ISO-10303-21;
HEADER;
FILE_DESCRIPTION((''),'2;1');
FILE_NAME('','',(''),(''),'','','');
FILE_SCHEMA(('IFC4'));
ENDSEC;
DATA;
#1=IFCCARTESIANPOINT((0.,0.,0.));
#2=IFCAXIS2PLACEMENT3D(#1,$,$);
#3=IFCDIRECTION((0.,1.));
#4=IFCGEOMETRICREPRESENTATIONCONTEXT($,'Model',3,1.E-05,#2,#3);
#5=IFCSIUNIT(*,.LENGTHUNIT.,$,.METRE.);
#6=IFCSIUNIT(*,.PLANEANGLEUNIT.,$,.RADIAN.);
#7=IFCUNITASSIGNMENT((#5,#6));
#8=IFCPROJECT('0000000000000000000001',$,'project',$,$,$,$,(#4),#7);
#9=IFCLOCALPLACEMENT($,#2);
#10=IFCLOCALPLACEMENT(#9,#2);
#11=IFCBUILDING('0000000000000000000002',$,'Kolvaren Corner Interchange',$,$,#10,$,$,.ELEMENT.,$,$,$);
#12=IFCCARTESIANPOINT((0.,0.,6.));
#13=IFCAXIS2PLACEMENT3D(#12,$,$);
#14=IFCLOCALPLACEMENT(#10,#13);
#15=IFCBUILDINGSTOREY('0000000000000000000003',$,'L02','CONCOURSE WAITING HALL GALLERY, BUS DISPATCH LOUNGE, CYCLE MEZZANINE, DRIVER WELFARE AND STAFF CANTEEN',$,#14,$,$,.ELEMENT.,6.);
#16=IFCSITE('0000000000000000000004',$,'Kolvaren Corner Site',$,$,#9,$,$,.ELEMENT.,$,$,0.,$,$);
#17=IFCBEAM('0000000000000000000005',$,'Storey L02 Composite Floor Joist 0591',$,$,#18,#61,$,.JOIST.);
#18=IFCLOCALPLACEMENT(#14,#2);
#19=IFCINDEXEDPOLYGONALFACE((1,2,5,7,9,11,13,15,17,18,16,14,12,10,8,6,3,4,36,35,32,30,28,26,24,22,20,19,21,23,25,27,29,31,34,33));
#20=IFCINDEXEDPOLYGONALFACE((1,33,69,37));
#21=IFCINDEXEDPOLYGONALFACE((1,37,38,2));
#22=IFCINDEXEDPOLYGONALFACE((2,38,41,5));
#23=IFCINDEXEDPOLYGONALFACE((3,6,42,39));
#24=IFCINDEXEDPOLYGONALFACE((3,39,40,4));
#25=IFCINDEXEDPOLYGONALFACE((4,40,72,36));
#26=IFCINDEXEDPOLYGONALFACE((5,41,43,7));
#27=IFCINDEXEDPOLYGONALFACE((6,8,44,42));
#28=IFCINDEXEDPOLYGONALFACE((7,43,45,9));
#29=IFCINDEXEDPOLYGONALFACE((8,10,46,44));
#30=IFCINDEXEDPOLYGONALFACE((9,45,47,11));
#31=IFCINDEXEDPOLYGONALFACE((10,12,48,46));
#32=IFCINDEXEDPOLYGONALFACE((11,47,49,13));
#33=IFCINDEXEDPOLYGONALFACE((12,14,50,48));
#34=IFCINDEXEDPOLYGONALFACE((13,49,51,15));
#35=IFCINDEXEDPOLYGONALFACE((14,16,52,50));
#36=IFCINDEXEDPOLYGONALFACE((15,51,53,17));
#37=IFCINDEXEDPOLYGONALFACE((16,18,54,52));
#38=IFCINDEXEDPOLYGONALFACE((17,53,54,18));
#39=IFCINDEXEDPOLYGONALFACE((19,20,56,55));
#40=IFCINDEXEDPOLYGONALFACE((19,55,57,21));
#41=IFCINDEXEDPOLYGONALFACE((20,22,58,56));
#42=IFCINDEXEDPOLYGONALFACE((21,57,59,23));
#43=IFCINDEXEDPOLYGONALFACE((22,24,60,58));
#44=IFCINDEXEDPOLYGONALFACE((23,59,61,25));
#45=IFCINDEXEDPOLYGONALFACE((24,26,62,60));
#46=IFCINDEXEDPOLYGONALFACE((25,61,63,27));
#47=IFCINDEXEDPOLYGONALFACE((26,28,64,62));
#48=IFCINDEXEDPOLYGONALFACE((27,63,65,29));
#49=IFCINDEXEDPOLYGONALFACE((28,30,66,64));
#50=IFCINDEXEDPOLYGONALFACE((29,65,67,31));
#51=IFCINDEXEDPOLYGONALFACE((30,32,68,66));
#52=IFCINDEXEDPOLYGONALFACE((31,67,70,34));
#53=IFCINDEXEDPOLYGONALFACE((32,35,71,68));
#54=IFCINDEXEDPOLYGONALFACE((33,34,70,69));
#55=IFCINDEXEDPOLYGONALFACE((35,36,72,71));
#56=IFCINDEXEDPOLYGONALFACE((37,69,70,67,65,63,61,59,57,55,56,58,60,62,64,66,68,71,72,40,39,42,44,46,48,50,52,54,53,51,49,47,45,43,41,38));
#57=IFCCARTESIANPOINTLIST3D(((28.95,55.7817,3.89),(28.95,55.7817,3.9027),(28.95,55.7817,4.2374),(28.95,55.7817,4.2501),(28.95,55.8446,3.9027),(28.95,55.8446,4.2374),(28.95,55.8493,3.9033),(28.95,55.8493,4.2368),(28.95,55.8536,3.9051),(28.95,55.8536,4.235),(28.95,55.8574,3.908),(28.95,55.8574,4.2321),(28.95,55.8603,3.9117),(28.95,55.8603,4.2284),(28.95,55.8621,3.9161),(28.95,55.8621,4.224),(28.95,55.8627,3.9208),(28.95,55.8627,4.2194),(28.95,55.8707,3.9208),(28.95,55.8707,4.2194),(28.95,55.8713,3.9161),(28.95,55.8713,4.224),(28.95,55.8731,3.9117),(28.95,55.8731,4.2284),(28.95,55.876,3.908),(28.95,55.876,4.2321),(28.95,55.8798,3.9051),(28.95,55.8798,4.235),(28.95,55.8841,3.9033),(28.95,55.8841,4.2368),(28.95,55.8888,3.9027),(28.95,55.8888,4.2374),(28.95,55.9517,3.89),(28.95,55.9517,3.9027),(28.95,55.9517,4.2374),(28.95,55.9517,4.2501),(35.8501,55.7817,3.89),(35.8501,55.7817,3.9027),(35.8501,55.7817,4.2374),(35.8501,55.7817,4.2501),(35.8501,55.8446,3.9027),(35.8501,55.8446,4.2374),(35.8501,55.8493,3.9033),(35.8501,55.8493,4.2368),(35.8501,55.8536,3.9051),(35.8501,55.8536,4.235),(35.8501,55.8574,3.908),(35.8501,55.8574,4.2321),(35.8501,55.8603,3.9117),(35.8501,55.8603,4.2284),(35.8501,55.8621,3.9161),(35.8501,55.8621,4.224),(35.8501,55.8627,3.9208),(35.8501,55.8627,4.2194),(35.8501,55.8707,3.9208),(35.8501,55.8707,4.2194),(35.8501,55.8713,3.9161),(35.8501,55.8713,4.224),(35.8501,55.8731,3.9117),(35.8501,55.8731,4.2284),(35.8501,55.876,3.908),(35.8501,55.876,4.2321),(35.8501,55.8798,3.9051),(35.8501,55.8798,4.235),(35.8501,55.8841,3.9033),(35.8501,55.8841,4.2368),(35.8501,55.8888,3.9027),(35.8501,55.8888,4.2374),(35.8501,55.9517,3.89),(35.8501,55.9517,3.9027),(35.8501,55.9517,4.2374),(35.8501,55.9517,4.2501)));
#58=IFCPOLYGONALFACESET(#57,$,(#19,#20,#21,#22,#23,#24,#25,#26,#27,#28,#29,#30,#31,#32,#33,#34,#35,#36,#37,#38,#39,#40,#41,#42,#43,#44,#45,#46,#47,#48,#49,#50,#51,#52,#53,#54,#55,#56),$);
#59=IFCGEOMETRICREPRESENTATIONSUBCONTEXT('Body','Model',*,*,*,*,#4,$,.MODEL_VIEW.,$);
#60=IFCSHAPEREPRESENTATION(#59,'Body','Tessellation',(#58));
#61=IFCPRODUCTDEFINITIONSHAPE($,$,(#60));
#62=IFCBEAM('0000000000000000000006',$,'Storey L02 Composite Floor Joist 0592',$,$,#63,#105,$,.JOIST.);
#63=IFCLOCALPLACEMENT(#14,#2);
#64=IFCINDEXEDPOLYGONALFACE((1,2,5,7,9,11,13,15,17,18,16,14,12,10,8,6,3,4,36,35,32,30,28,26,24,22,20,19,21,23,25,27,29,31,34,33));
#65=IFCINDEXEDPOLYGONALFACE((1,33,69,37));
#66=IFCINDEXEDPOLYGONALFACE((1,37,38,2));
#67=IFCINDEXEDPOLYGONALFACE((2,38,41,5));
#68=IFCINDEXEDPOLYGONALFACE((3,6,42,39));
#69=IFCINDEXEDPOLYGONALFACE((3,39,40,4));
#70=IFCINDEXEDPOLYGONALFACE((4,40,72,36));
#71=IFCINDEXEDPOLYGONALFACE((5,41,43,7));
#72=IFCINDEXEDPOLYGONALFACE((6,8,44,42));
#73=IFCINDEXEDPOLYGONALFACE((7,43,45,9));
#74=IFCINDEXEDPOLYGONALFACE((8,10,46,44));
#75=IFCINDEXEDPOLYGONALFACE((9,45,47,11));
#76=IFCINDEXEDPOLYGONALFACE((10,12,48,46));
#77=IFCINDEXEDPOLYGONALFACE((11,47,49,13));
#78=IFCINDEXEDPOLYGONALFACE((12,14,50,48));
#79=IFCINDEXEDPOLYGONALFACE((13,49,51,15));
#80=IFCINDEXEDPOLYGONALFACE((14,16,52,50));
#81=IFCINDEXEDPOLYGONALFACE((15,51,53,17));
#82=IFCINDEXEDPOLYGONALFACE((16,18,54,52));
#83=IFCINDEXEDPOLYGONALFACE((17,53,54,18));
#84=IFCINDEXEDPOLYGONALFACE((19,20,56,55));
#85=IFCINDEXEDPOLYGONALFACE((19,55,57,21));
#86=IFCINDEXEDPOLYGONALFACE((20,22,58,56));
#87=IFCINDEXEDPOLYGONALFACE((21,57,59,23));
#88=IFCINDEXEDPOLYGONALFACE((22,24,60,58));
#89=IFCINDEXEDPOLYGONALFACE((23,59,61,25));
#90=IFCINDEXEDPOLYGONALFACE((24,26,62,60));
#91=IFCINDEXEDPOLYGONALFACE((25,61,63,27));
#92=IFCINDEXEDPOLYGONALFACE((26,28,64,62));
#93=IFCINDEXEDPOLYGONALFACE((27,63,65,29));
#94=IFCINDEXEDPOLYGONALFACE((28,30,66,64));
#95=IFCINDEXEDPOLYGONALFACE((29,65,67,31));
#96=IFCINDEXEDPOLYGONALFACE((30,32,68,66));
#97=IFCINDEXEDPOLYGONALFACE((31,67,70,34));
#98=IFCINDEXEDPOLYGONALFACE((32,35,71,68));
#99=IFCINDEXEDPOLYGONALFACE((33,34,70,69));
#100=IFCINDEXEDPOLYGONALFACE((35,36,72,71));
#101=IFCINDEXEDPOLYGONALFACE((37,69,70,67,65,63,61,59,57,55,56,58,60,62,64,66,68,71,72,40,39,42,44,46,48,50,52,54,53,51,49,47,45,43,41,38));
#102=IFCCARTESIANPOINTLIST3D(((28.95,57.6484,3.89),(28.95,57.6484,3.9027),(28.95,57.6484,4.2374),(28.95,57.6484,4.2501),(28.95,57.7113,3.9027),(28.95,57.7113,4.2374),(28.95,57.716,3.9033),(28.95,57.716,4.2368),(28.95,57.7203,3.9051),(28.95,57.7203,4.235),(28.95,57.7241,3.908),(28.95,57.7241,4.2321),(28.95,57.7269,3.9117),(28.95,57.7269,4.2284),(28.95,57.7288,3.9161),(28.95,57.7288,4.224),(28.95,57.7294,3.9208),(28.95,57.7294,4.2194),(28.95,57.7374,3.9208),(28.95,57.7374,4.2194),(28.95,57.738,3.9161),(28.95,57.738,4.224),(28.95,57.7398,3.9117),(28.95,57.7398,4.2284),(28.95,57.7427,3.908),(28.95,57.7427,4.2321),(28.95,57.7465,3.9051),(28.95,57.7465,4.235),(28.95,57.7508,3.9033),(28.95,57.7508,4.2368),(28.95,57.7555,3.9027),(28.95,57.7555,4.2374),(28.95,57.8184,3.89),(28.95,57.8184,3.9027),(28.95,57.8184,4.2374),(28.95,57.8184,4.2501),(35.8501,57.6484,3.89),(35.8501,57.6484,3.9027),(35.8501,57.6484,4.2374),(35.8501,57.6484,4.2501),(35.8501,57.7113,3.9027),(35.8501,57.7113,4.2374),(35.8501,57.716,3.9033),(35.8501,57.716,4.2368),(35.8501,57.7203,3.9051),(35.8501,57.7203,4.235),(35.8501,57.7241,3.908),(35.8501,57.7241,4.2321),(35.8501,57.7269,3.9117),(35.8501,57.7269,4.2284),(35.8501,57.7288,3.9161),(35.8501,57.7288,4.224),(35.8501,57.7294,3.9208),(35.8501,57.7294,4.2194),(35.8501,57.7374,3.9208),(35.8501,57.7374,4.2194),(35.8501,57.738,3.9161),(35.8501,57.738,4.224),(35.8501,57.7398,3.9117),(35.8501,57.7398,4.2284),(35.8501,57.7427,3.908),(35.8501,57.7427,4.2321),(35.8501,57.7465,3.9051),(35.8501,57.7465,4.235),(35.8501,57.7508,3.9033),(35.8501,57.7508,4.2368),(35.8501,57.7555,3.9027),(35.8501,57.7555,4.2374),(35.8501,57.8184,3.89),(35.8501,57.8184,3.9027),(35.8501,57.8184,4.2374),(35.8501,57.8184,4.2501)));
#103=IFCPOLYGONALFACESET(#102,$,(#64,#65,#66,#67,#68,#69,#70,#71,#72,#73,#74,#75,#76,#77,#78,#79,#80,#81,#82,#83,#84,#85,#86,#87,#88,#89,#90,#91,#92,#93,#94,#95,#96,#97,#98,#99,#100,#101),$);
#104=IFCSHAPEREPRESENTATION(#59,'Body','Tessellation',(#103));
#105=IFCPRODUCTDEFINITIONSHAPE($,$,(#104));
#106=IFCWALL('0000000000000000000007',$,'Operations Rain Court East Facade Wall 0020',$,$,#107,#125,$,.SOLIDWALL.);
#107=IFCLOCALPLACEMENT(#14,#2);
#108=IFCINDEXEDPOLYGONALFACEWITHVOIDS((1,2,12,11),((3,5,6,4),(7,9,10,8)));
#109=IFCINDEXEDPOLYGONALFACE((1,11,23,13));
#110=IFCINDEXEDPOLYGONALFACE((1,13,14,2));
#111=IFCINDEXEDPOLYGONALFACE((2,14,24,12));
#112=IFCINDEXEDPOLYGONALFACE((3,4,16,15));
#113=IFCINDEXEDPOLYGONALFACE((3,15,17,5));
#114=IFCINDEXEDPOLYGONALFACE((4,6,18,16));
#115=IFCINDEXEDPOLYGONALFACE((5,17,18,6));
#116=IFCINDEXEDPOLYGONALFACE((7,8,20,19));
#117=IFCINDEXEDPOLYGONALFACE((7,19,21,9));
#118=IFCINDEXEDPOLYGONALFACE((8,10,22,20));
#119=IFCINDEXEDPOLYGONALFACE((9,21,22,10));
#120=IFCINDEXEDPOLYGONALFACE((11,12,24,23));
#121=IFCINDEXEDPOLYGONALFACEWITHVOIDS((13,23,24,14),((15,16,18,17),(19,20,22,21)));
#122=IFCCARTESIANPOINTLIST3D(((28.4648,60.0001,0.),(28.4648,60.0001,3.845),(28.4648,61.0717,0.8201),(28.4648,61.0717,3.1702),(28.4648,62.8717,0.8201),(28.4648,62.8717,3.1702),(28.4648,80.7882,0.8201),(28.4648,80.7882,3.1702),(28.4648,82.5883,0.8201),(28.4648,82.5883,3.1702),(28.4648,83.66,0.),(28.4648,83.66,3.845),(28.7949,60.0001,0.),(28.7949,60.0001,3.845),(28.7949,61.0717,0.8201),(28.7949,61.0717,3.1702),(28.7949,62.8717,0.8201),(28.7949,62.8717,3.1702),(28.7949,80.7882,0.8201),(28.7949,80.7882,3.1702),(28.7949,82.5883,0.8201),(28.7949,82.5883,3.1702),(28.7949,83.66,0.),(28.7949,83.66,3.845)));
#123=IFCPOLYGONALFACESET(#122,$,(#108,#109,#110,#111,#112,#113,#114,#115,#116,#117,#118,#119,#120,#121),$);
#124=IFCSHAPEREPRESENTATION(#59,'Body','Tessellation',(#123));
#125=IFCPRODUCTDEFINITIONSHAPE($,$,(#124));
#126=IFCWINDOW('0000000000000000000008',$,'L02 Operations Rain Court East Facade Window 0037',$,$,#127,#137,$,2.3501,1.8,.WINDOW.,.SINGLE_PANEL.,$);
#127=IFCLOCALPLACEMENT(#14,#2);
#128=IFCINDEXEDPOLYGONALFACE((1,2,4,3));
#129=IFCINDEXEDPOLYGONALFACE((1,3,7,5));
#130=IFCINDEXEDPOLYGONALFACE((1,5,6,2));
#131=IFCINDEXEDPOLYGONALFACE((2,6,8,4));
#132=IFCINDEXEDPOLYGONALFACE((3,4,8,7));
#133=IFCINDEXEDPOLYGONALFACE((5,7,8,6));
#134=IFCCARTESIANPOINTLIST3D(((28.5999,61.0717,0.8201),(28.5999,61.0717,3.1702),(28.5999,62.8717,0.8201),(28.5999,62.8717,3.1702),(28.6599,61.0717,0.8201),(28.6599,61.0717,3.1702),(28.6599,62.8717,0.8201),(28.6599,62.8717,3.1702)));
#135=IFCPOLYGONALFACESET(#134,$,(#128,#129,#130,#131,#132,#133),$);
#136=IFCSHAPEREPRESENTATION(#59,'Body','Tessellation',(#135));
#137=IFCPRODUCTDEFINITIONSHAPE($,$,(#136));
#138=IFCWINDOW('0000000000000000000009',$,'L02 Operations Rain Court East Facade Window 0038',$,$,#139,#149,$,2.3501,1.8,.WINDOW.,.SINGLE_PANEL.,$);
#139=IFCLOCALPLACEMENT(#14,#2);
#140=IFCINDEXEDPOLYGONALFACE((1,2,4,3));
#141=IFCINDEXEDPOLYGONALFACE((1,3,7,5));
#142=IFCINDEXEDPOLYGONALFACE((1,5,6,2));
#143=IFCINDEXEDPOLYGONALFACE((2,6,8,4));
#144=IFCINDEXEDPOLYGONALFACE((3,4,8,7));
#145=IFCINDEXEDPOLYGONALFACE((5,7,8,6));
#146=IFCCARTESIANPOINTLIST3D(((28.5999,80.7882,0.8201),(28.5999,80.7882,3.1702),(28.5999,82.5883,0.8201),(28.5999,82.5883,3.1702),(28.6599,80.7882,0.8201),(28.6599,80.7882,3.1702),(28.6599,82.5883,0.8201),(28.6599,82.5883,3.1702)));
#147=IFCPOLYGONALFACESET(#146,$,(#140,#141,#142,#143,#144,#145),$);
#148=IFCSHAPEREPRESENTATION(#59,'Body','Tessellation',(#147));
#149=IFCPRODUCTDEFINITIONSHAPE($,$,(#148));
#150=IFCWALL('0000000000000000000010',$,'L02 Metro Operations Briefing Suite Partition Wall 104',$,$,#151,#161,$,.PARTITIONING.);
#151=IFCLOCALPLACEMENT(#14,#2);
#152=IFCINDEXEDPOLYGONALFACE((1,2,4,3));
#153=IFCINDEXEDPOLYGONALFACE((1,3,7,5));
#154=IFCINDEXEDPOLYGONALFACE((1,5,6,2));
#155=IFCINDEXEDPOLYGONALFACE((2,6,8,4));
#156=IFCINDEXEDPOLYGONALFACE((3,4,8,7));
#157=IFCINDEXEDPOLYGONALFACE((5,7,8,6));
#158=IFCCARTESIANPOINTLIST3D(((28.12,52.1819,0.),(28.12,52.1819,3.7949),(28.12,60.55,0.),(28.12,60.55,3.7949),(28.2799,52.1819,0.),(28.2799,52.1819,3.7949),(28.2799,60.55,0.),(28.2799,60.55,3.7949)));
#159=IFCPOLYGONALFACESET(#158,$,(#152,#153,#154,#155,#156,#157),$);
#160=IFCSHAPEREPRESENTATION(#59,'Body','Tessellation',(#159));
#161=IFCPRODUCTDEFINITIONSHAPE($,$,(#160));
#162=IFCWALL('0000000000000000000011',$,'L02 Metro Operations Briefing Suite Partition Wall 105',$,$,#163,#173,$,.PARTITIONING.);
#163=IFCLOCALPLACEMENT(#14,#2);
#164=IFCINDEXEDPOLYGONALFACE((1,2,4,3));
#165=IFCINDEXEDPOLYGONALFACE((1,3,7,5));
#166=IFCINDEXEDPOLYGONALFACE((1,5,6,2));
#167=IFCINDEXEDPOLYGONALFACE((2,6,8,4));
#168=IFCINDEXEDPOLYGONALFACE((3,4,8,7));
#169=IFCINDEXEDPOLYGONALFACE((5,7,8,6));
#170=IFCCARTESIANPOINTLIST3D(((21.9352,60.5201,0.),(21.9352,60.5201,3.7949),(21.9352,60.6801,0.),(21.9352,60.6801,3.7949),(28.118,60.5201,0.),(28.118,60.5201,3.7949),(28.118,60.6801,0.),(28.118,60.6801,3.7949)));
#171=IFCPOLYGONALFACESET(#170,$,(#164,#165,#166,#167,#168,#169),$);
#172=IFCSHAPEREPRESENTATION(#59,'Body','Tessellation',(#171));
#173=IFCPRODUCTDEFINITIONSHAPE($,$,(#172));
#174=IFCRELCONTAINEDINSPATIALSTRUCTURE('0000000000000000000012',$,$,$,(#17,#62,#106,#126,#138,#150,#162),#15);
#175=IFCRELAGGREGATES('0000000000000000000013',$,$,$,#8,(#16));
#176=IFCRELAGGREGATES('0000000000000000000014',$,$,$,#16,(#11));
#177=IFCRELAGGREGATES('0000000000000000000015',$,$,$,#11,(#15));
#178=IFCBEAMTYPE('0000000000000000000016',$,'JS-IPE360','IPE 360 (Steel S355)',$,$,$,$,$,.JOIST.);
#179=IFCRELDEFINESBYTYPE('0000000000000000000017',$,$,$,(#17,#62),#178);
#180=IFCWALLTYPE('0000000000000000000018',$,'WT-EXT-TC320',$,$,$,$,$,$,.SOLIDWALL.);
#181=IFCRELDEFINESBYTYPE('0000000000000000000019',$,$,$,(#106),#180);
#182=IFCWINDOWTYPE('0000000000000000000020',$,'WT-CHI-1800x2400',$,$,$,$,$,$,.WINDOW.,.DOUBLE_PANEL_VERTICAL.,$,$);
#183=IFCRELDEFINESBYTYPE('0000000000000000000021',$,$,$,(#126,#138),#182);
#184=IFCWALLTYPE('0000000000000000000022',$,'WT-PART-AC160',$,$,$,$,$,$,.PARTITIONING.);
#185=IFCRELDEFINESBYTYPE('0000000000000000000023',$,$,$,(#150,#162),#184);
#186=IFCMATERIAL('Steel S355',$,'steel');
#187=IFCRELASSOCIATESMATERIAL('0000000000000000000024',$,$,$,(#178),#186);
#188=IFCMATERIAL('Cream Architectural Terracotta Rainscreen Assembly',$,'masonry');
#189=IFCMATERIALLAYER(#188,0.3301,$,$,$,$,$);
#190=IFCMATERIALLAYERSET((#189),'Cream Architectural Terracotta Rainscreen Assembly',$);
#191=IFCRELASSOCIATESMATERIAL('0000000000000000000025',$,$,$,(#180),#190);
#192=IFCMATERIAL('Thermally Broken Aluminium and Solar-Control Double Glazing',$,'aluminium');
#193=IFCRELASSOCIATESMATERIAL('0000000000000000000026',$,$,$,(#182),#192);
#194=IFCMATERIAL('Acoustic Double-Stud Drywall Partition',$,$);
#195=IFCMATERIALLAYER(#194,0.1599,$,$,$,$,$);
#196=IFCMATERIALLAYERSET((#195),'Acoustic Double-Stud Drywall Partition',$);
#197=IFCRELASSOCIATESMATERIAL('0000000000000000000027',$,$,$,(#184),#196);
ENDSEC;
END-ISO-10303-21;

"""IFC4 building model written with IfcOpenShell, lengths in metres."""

from ifc_helpers import new_model, si_unit, direction, frame, frame_2d, origin, origin_2d, place, context, subcontext, project, spatial, rectangle, i_section, extrude, material, layer, layer_set, material_profile, profile_set, type_object, element, fill, save


model = new_model("IFC4")

# Units and contexts
model_context = context("Model", 3, precision=1e-05, world=origin(), true_north=direction((0.0, 1.0)))
body_context = subcontext(model_context, "Body", "Model", "MODEL_VIEW")
ifc_project = project(units=[si_unit("LENGTHUNIT", "METRE"), si_unit("PLANEANGLEUNIT", "RADIAN")], contexts=[model_context])

# Site, building, storey
site_placement = place(None, origin())
site = spatial("IfcSite", under=ifc_project, at=site_placement, Name="Kolvaren Corner Site", CompositionType="ELEMENT", RefElevation=0.0)
building_placement = place(site_placement, origin())
building = spatial("IfcBuilding", under=site, at=building_placement, Name="Kolvaren Corner Interchange", CompositionType="ELEMENT")
storey_placement = place(building_placement, frame((0.0, 0.0, 6.0)))
storey = spatial("IfcBuildingStorey", under=building, at=storey_placement, Name="L02", Description="CONCOURSE WAITING HALL GALLERY, BUS DISPATCH LOUNGE, CYCLE MEZZANINE, DRIVER WELFARE AND STAFF CANTEEN", CompositionType="ELEMENT", Elevation=6.0)

# Beams
ifc_material_1 = material(Name="Steel S355", Category="steel")
ifc_material_profile_1 = material_profile(ifc_material_1, i_section(OverallWidth=0.1699, OverallDepth=0.3601, WebThickness=0.0081, FlangeThickness=0.0127, FilletRadius=0.0181, at=origin_2d()), Name="IPE 360")
ifc_profile_set_1 = profile_set([ifc_material_profile_1], Name="Steel S355")
beam_type_1 = type_object("IfcBeamType", Name="JS-IPE360", Description="IPE 360 (Steel S355)", PredefinedType="JOIST", material=ifc_profile_set_1)
for number, where, z_axis, x_axis, name in (
    (1, (28.95, 55.8667, 4.0701), (1.0, 0.0, 0.0), (0.0, 1.0, 0.0), "Storey L02 Composite Floor Joist 0591"),
    (2, (28.95, 57.7334, 4.0701), (1.0, 0.0, 0.0), (0.0, 1.0, 0.0), "Storey L02 Composite Floor Joist 0592"),
):
    element("IfcBeam", number, at=place(storey_placement, frame(where, z_axis=z_axis, x_axis=x_axis)), inside=storey, type_object=beam_type_1, Name=name, PredefinedType="JOIST", context=body_context, shape_type="SweptSolid", body=[
        extrude(i_section(OverallWidth=0.1699, OverallDepth=0.3601, WebThickness=0.0081, FlangeThickness=0.0127, FilletRadius=0.0181, at=origin_2d()), origin(), (0.0, 0.0, 1.0), 6.9001),
    ])

# Wall, openings, windows
ifc_material_2 = material(Name="Cream Architectural Terracotta Rainscreen Assembly", Category="masonry")
ifc_layer_1 = layer(ifc_material_2, 0.3301)
ifc_layer_set_1 = layer_set([ifc_layer_1], Name="Cream Architectural Terracotta Rainscreen Assembly")
wall_type_1 = type_object("IfcWallType", Name="WT-EXT-TC320", PredefinedType="SOLIDWALL", material=ifc_layer_set_1)
wall_1_placement = place(storey_placement, frame((28.6299, 60.0, 0.0), z_axis=(0.0, 0.0, 1.0), x_axis=(0.0, 1.0, 0.0)))
wall_1 = element("IfcWall", 3, at=wall_1_placement, inside=storey, type_object=wall_type_1, Name="Operations Rain Court East Facade Wall 0020", PredefinedType="SOLIDWALL", context=body_context, shape_type="SweptSolid", body=[
    extrude(rectangle(XDim=23.6599, YDim=0.3301, at=frame_2d((11.8301, 0.0))), origin(), (0.0, 0.0, 1.0), 3.845),
])
opening_1_placement = place(wall_1_placement, frame((1.0718, 0.0, 0.8201)))
opening_1 = element("IfcOpeningElement", 4, at=opening_1_placement, cuts=wall_1, PredefinedType="OPENING", context=body_context, shape_type="SweptSolid", body=[
    extrude(rectangle(XDim=1.8, YDim=2.3501, at=frame_2d((0.8999, 1.175))), frame((0.0, 0.175, 0.0), z_axis=(0.0, -1.0, 0.0), x_axis=(1.0, 0.0, 0.0)), (0.0, 0.0, 1.0), 0.3501),
])
opening_2_placement = place(wall_1_placement, frame((20.7883, 0.0, 0.8201)))
opening_2 = element("IfcOpeningElement", 5, at=opening_2_placement, cuts=wall_1, PredefinedType="OPENING", context=body_context, shape_type="SweptSolid", body=[
    extrude(rectangle(XDim=1.8, YDim=2.3501, at=frame_2d((0.8999, 1.175))), frame((0.0, 0.175, 0.0), z_axis=(0.0, -1.0, 0.0), x_axis=(1.0, 0.0, 0.0)), (0.0, 0.0, 1.0), 0.3501),
])
ifc_material_3 = material(Name="Thermally Broken Aluminium and Solar-Control Double Glazing", Category="aluminium")
window_type = type_object("IfcWindowType", Name="WT-CHI-1800x2400", PartitioningType="DOUBLE_PANEL_VERTICAL", PredefinedType="WINDOW", material=ifc_material_3)
window_1_placement = place(opening_1_placement, origin())
window_1 = element("IfcWindow", 6, at=window_1_placement, inside=storey, type_object=window_type, Name="L02 Operations Rain Court East Facade Window 0037", OverallHeight=2.3501, OverallWidth=1.8, PartitioningType="SINGLE_PANEL", PredefinedType="WINDOW", context=body_context, shape_type="SweptSolid", body=[
    extrude(rectangle(XDim=1.8, YDim=2.3501, at=frame_2d((0.8999, 1.175))), frame((0.0, 0.03, 0.0), z_axis=(0.0, -1.0, 0.0), x_axis=(1.0, 0.0, 0.0)), (0.0, 0.0, 1.0), 0.0601),
])
fill(opening_1, window_1)
window_2_placement = place(opening_2_placement, origin())
window_2 = element("IfcWindow", 7, at=window_2_placement, inside=storey, type_object=window_type, Name="L02 Operations Rain Court East Facade Window 0038", OverallHeight=2.3501, OverallWidth=1.8, PartitioningType="SINGLE_PANEL", PredefinedType="WINDOW", context=body_context, shape_type="SweptSolid", body=[
    extrude(rectangle(XDim=1.8, YDim=2.3501, at=frame_2d((0.8999, 1.175))), frame((0.0, 0.03, 0.0), z_axis=(0.0, -1.0, 0.0), x_axis=(1.0, 0.0, 0.0)), (0.0, 0.0, 1.0), 0.0601),
])
fill(opening_2, window_2)

# Walls
ifc_material_4 = material(Name="Acoustic Double-Stud Drywall Partition")
ifc_layer_2 = layer(ifc_material_4, 0.1599)
ifc_layer_set_2 = layer_set([ifc_layer_2], Name="Acoustic Double-Stud Drywall Partition")
wall_type_2 = type_object("IfcWallType", Name="WT-PART-AC160", PredefinedType="PARTITIONING", material=ifc_layer_set_2)
wall_2_placement = place(storey_placement, frame((28.2, 52.1819, 0.0), z_axis=(0.0, 0.0, 1.0), x_axis=(0.0, 1.0, 0.0)))
element("IfcWall", 8, at=wall_2_placement, inside=storey, type_object=wall_type_2, Name="L02 Metro Operations Briefing Suite Partition Wall 104", PredefinedType="PARTITIONING", context=body_context, shape_type="SweptSolid", body=[
    extrude(rectangle(XDim=8.3682, YDim=0.1599, at=frame_2d((4.1841, 0.0))), origin(), (0.0, 0.0, 1.0), 3.7949),
])
wall_3_placement = place(storey_placement, frame((28.1179, 60.6001, 0.0), z_axis=(0.0, 0.0, 1.0), x_axis=(-1.0, 0.0, 0.0)))
element("IfcWall", 9, at=wall_3_placement, inside=storey, type_object=wall_type_2, Name="L02 Metro Operations Briefing Suite Partition Wall 105", PredefinedType="PARTITIONING", context=body_context, shape_type="SweptSolid", body=[
    extrude(rectangle(XDim=6.1829, YDim=0.1599, at=frame_2d((3.0913, 0.0))), origin(), (0.0, 0.0, 1.0), 3.7949),
])

save(model, "model.ifc")
